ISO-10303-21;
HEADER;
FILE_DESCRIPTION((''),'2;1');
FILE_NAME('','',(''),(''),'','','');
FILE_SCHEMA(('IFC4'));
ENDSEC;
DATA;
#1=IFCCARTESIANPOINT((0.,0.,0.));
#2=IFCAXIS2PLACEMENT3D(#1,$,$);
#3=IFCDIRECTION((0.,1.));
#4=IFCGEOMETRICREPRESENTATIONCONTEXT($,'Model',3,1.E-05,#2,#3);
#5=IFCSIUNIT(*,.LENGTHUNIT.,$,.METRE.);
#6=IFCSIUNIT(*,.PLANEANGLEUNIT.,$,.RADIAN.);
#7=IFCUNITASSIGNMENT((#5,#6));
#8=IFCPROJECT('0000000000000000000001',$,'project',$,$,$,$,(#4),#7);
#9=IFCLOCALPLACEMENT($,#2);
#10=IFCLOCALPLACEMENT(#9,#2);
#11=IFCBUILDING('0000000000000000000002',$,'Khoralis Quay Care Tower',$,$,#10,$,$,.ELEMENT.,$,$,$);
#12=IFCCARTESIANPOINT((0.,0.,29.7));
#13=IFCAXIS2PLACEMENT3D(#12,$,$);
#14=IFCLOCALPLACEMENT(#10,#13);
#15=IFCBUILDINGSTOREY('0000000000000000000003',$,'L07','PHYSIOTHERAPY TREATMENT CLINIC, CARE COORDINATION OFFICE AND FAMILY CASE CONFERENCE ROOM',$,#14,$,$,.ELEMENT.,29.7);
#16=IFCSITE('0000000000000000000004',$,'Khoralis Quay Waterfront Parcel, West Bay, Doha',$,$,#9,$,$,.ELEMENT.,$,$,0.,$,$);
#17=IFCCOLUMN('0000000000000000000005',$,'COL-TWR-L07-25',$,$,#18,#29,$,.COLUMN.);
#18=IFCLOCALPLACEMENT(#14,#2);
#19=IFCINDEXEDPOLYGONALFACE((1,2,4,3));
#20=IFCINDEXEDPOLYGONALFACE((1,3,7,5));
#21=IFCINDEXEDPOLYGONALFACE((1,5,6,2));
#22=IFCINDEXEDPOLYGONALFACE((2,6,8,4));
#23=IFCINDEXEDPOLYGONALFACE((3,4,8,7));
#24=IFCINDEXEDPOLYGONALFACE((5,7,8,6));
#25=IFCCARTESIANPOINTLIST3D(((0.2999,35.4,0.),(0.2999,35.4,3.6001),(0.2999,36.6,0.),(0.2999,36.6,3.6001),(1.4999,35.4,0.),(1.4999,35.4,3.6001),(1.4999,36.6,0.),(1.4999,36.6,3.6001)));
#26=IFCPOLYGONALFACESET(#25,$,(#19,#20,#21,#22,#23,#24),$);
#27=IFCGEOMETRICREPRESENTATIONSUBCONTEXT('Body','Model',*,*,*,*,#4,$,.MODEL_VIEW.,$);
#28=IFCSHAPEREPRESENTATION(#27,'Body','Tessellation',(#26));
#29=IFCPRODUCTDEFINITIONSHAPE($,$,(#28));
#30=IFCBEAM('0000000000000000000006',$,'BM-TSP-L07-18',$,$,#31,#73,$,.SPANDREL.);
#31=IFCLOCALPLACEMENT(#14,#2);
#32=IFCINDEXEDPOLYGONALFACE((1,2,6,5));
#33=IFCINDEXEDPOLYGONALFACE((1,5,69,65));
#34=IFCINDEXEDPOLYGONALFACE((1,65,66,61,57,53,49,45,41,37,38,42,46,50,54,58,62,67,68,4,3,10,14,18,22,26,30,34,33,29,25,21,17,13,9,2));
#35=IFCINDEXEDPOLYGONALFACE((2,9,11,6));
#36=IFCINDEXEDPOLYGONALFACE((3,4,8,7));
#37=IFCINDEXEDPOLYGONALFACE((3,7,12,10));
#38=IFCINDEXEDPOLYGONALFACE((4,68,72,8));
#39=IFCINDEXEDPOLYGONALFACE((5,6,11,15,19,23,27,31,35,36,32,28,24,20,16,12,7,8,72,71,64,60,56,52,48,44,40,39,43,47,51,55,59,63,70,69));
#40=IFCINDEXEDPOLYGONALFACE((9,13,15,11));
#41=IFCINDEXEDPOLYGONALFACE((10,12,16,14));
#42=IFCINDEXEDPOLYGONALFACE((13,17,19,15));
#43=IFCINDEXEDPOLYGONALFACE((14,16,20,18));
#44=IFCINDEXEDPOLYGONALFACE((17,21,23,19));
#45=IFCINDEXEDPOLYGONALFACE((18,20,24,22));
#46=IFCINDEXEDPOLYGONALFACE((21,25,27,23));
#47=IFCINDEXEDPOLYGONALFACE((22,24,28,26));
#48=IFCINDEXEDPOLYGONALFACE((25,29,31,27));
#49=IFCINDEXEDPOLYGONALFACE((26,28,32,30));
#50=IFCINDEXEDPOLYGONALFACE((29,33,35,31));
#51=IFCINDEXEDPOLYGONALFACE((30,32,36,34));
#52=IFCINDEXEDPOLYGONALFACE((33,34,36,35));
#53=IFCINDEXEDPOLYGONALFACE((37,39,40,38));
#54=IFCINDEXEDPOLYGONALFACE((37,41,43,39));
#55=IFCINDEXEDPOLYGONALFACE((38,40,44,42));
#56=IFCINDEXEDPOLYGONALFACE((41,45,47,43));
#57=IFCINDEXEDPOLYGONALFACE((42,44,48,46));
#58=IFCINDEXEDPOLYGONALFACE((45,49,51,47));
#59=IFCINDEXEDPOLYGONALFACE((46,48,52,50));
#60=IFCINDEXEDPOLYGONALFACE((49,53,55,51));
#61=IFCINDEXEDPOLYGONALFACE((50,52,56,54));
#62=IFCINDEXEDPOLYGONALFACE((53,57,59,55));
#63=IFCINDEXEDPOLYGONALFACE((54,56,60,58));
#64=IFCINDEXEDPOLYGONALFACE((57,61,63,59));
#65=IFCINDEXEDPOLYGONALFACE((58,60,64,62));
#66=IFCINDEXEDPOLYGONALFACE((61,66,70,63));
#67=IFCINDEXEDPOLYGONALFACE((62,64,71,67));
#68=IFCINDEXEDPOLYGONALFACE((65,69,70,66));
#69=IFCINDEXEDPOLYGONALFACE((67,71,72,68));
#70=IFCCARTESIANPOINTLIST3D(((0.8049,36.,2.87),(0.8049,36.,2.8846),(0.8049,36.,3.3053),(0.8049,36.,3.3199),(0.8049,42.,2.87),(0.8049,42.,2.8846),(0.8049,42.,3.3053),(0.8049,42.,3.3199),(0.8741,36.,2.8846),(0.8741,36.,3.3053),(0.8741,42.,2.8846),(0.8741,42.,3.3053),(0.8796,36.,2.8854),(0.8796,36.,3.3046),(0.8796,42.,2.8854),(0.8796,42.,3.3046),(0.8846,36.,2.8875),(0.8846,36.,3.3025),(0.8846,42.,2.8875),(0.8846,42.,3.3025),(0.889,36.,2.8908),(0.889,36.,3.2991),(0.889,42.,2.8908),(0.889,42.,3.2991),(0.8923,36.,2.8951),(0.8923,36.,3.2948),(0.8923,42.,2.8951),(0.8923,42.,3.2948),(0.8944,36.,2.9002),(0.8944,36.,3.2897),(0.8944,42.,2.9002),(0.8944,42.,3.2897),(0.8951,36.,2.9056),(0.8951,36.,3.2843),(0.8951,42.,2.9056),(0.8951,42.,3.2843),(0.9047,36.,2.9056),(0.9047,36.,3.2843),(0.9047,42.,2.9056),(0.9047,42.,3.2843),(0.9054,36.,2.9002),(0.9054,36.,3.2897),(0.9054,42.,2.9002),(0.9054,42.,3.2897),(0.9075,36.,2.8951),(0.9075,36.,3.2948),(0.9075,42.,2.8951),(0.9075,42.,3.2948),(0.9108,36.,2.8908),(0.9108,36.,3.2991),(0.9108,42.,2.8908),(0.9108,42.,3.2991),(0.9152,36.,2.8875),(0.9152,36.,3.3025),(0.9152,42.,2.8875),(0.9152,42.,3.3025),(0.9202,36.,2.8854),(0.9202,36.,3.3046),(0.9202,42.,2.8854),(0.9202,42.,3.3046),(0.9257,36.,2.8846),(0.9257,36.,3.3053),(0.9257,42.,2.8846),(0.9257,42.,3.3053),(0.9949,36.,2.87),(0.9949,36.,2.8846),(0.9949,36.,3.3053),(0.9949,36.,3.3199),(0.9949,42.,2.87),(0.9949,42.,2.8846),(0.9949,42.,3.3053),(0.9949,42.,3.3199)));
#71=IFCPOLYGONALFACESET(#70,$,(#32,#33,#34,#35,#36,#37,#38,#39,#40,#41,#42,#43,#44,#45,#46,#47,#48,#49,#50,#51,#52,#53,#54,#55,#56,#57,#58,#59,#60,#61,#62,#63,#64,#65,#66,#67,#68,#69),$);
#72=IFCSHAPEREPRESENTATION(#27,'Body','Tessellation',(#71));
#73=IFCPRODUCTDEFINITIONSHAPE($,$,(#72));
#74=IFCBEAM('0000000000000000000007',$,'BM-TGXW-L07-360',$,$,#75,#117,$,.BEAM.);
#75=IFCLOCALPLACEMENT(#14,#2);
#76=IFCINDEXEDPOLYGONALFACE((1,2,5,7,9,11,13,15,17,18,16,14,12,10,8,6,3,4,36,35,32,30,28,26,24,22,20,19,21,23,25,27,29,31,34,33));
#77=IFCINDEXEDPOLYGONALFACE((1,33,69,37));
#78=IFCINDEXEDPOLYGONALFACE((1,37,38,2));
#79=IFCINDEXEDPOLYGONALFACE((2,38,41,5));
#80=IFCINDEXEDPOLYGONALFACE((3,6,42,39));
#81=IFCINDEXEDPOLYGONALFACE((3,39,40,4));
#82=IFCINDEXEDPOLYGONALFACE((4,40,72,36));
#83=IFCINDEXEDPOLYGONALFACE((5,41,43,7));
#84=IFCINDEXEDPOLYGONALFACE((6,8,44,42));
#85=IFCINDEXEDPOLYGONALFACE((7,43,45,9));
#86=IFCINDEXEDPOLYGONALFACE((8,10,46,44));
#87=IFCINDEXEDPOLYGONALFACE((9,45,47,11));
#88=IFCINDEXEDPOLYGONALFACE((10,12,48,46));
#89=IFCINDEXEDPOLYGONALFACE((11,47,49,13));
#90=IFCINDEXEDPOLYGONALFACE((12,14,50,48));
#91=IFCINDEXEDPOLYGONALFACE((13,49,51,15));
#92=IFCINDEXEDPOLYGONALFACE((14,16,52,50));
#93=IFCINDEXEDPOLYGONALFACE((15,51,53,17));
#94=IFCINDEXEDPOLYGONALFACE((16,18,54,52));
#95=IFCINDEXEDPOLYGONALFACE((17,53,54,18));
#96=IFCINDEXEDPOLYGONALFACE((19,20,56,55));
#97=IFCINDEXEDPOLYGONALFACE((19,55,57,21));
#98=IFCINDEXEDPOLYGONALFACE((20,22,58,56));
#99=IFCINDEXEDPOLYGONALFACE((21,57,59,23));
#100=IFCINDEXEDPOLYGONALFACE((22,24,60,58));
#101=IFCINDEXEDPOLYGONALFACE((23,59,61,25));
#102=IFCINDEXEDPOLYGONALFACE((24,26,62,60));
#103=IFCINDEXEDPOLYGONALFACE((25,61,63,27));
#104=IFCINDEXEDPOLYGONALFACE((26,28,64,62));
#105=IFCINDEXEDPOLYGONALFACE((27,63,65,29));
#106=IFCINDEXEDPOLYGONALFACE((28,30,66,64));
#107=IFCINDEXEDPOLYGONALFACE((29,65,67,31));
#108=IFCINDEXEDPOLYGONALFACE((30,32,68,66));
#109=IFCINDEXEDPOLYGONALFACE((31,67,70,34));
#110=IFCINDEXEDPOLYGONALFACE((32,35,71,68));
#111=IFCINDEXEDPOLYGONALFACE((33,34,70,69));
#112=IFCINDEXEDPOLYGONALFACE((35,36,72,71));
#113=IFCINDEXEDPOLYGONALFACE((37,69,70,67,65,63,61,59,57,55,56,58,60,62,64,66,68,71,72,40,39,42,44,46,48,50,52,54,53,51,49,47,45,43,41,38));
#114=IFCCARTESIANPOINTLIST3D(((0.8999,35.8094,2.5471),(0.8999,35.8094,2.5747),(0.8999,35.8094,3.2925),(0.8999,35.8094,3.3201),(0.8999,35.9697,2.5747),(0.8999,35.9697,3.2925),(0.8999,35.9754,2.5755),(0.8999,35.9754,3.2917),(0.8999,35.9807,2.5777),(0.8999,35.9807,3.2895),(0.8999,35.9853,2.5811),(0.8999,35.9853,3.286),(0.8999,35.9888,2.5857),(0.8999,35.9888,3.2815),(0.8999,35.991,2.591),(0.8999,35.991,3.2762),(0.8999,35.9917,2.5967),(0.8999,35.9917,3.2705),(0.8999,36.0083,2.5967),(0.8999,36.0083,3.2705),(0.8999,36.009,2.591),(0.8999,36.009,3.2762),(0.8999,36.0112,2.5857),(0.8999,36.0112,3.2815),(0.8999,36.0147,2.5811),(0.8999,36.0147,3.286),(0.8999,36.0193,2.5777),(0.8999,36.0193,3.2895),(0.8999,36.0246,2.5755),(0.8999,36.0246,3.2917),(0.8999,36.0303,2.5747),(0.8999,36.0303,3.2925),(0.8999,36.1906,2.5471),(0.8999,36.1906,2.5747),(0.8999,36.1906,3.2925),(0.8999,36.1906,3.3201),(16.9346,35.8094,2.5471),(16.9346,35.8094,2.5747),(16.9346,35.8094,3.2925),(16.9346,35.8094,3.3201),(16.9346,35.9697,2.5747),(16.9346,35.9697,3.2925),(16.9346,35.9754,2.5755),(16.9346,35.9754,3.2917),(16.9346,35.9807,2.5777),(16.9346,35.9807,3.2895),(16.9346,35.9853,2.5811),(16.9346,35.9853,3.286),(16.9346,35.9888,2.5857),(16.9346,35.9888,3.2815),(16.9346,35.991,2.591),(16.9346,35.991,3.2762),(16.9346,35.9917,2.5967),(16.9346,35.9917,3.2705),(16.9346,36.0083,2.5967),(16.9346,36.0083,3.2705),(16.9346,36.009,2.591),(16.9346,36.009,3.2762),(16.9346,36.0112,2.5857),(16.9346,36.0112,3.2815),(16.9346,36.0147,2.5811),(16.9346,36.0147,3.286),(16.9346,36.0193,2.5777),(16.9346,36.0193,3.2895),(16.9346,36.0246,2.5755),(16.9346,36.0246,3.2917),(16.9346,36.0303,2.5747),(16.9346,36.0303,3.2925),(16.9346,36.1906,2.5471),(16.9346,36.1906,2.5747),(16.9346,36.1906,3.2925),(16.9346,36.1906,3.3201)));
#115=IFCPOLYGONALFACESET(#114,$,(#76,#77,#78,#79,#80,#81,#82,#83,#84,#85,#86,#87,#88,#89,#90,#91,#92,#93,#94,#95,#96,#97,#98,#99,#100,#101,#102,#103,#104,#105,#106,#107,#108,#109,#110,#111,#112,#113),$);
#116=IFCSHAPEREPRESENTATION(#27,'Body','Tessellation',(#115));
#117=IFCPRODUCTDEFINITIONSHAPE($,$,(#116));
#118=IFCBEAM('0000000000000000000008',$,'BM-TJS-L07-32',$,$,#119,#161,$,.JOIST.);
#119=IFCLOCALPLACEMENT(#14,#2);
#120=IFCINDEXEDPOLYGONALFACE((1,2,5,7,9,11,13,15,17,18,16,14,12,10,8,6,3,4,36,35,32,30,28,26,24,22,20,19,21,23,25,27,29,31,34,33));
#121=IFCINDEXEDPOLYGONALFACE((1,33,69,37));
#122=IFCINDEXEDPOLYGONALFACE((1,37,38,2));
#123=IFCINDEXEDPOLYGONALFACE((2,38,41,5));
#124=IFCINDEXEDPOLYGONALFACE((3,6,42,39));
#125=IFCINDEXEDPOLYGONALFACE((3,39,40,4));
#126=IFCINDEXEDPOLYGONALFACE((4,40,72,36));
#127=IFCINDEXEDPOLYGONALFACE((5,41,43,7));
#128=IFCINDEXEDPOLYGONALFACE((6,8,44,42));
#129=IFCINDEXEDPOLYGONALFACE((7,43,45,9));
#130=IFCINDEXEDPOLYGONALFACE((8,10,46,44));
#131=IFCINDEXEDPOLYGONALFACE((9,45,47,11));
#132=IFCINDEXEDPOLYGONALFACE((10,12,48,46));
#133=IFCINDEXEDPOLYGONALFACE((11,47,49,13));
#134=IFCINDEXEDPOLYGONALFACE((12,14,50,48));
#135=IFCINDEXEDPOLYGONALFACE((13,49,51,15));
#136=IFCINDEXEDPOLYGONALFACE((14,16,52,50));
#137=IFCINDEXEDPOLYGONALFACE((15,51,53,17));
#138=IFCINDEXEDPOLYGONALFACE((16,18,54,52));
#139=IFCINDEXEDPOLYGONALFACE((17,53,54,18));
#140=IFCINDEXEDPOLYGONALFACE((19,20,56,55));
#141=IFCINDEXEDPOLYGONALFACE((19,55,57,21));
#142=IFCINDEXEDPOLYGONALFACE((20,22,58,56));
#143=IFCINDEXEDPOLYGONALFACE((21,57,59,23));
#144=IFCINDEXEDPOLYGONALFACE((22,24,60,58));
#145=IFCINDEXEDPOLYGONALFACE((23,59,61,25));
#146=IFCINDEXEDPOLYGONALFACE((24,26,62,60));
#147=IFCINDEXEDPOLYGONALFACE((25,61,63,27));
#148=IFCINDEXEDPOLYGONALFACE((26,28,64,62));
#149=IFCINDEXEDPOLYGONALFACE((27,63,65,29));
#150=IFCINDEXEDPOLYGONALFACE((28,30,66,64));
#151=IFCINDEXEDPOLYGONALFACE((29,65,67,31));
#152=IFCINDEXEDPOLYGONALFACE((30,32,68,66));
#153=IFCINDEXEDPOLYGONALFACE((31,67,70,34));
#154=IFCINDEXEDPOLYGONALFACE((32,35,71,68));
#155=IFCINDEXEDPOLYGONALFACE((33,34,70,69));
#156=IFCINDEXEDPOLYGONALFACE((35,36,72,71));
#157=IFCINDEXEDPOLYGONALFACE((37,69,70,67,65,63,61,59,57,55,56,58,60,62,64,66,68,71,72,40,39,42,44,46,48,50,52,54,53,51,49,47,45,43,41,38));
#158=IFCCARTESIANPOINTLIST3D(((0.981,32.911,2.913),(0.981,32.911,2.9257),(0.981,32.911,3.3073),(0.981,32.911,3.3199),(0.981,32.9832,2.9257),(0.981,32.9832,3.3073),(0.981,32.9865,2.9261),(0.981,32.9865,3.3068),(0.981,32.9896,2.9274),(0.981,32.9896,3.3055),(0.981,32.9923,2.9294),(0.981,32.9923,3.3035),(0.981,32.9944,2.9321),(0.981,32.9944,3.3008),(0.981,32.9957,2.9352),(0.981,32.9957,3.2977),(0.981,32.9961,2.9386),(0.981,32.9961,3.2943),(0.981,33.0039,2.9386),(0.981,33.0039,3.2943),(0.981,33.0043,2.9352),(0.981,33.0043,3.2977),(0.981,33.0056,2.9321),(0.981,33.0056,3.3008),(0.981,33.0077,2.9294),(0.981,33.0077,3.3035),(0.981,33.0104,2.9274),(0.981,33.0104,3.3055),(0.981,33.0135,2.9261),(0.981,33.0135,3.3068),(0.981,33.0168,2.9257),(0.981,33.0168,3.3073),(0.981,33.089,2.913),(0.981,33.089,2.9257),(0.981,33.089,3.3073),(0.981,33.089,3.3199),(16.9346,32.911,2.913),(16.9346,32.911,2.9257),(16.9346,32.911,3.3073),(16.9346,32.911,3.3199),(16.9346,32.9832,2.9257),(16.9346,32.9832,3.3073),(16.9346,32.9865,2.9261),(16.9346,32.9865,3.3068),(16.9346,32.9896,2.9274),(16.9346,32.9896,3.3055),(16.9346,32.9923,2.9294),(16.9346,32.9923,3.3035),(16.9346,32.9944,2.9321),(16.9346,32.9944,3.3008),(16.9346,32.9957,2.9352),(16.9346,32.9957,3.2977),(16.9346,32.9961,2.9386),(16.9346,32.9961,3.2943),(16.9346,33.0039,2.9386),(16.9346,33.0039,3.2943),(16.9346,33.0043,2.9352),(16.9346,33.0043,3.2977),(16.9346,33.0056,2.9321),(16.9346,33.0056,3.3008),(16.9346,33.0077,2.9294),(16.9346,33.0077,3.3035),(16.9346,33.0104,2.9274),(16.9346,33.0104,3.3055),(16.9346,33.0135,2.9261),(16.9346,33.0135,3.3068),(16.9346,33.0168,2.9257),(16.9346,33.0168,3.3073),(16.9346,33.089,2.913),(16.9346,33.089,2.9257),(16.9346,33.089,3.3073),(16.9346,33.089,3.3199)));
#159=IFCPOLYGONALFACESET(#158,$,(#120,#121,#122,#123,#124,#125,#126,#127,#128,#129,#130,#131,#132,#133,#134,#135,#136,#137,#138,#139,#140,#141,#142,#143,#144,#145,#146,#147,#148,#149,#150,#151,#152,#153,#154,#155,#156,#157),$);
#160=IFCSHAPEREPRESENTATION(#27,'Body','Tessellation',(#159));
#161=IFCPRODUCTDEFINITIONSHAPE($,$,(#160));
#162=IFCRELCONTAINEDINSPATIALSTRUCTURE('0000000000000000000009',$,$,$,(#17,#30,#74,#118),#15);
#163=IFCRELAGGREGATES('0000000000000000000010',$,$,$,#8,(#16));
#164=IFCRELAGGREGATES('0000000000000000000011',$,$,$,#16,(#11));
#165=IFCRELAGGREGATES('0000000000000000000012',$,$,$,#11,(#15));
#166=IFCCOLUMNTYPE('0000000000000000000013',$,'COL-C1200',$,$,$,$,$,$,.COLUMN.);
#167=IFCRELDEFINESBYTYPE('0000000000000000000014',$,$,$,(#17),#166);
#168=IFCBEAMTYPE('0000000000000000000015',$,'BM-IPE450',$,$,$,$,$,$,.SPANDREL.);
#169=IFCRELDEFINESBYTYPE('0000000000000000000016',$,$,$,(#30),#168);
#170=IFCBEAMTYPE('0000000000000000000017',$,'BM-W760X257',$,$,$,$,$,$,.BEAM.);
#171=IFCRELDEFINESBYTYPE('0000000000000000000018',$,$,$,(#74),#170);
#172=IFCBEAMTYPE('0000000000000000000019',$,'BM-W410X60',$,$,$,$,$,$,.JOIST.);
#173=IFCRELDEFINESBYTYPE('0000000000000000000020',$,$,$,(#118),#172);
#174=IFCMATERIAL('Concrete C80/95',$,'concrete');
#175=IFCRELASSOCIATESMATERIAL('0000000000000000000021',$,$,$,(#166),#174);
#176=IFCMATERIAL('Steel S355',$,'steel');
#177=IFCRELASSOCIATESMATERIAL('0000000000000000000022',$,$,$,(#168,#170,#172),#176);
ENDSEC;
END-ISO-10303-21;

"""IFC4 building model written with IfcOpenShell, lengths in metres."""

from ifc_helpers import new_model, si_unit, direction, frame, origin, origin_2d, place, context, subcontext, project, spatial, rectangle, i_section, extrude, source, transform, mapped, material, material_profile, profile_set, type_object, element, save


model = new_model("IFC4")

# Units and contexts
model_context = context("Model", 3, precision=1e-05, world=origin(), true_north=direction((0.0, 1.0)))
body_context = subcontext(model_context, "Body", "Model", "MODEL_VIEW")
ifc_project = project(units=[si_unit("LENGTHUNIT", "METRE"), si_unit("PLANEANGLEUNIT", "RADIAN")], contexts=[model_context])

# Site, building, storey
site_placement = place(None, origin())
site = spatial("IfcSite", under=ifc_project, at=site_placement, Name="Khoralis Quay Waterfront Parcel, West Bay, Doha", CompositionType="ELEMENT", RefElevation=0.0)
building_placement = place(site_placement, origin())
building = spatial("IfcBuilding", under=site, at=building_placement, Name="Khoralis Quay Care Tower", CompositionType="ELEMENT")
storey_placement = place(building_placement, frame((0.0, 0.0, 29.7)))
storey = spatial("IfcBuildingStorey", under=building, at=storey_placement, Name="L07", Description="PHYSIOTHERAPY TREATMENT CLINIC, CARE COORDINATION OFFICE AND FAMILY CASE CONFERENCE ROOM", CompositionType="ELEMENT", Elevation=29.7)

# Column
ifc_material_1 = material(Name="Concrete C80/95", Category="concrete")
ifc_material_profile_1 = material_profile(ifc_material_1, rectangle(XDim=1.2, YDim=1.2, at=origin_2d()), Name="Concrete C80/95")
ifc_profile_set_1 = profile_set([ifc_material_profile_1], Name="Concrete C80/95")
column_type = type_object("IfcColumnType", Name="COL-C1200", PredefinedType="COLUMN", material=ifc_profile_set_1)
shared_shape_1 = source(origin(), body_context, "Body", "SweptSolid", [
    extrude(rectangle(XDim=1.2, YDim=1.2, at=origin_2d()), origin(), (0.0, 0.0, 1.0), 3.6001),
])
column_placement = place(storey_placement, frame((0.8999, 36.0, 0.0), z_axis=(0.0, 0.0, 1.0), x_axis=(1.0, 0.0, 0.0)))
element("IfcColumn", 1, at=column_placement, inside=storey, type_object=column_type, Name="COL-TWR-L07-25", PredefinedType="COLUMN", context=body_context, shape_type="MappedRepresentation", body=[
    mapped(shared_shape_1, transform((0.0, 0.0, 0.0), scale=1.0)),
])

# Beams
ifc_material_2 = material(Name="Steel S355", Category="steel")
ifc_material_profile_2 = material_profile(ifc_material_2, i_section(OverallWidth=0.1899, OverallDepth=0.45, WebThickness=0.0095, FlangeThickness=0.0146, FilletRadius=0.021, at=origin_2d()), Name="Steel S355")
ifc_profile_set_2 = profile_set([ifc_material_profile_2], Name="Steel S355")
beam_type_1 = type_object("IfcBeamType", Name="BM-IPE450", PredefinedType="SPANDREL", material=ifc_profile_set_2)
shared_shape_2 = source(origin(), body_context, "Body", "SweptSolid", [
    extrude(i_section(OverallWidth=0.1899, OverallDepth=0.45, WebThickness=0.0095, FlangeThickness=0.0146, FilletRadius=0.021, at=origin_2d()), origin(), (0.0, 0.0, 1.0), 6.0),
])
beam_1_placement = place(storey_placement, frame((0.8999, 36.0, 3.095), z_axis=(0.0, 1.0, 0.0), x_axis=(-1.0, 0.0, 0.0)))
element("IfcBeam", 2, at=beam_1_placement, inside=storey, type_object=beam_type_1, Name="BM-TSP-L07-18", PredefinedType="SPANDREL", context=body_context, shape_type="MappedRepresentation", body=[
    mapped(shared_shape_2, transform((0.0, 0.0, 0.0), scale=1.0)),
])
ifc_material_profile_3 = material_profile(ifc_material_2, i_section(OverallWidth=0.3811, OverallDepth=0.7729, WebThickness=0.0166, FlangeThickness=0.0276, FilletRadius=0.022, at=origin_2d()), Name="Steel S355")
ifc_profile_set_3 = profile_set([ifc_material_profile_3], Name="Steel S355")
beam_type_2 = type_object("IfcBeamType", Name="BM-W760X257", PredefinedType="BEAM", material=ifc_profile_set_3)
shared_shape_3 = source(origin(), body_context, "Body", "SweptSolid", [
    extrude(i_section(OverallWidth=0.3811, OverallDepth=0.7729, WebThickness=0.0166, FlangeThickness=0.0276, FilletRadius=0.022, at=origin_2d()), origin(), (0.0, 0.0, 1.0), 16.0347),
])
beam_2_placement = place(storey_placement, frame((0.8999, 36.0, 2.9336), z_axis=(1.0, 0.0, 0.0), x_axis=(0.0, 1.0, 0.0)))
element("IfcBeam", 3, at=beam_2_placement, inside=storey, type_object=beam_type_2, Name="BM-TGXW-L07-360", PredefinedType="BEAM", context=body_context, shape_type="MappedRepresentation", body=[
    mapped(shared_shape_3, transform((0.0, 0.0, 0.0), scale=1.0)),
])
ifc_material_profile_4 = material_profile(ifc_material_2, i_section(OverallWidth=0.178, OverallDepth=0.407, WebThickness=0.0078, FlangeThickness=0.0127, FilletRadius=0.0129, at=origin_2d()), Name="Steel S355")
ifc_profile_set_4 = profile_set([ifc_material_profile_4], Name="Steel S355")
beam_type_3 = type_object("IfcBeamType", Name="BM-W410X60", PredefinedType="JOIST", material=ifc_profile_set_4)
shared_shape_4 = source(origin(), body_context, "Body", "SweptSolid", [
    extrude(i_section(OverallWidth=0.178, OverallDepth=0.407, WebThickness=0.0078, FlangeThickness=0.0127, FilletRadius=0.0129, at=origin_2d()), origin(), (0.0, 0.0, 1.0), 15.9536),
])
beam_3_placement = place(storey_placement, frame((0.981, 33.0, 3.1165), z_axis=(1.0, 0.0, 0.0), x_axis=(0.0, 1.0, 0.0)))
element("IfcBeam", 4, at=beam_3_placement, inside=storey, type_object=beam_type_3, Name="BM-TJS-L07-32", PredefinedType="JOIST", context=body_context, shape_type="MappedRepresentation", body=[
    mapped(shared_shape_4, transform((0.0, 0.0, 0.0), scale=1.0)),
])

save(model, "model.ifc")
